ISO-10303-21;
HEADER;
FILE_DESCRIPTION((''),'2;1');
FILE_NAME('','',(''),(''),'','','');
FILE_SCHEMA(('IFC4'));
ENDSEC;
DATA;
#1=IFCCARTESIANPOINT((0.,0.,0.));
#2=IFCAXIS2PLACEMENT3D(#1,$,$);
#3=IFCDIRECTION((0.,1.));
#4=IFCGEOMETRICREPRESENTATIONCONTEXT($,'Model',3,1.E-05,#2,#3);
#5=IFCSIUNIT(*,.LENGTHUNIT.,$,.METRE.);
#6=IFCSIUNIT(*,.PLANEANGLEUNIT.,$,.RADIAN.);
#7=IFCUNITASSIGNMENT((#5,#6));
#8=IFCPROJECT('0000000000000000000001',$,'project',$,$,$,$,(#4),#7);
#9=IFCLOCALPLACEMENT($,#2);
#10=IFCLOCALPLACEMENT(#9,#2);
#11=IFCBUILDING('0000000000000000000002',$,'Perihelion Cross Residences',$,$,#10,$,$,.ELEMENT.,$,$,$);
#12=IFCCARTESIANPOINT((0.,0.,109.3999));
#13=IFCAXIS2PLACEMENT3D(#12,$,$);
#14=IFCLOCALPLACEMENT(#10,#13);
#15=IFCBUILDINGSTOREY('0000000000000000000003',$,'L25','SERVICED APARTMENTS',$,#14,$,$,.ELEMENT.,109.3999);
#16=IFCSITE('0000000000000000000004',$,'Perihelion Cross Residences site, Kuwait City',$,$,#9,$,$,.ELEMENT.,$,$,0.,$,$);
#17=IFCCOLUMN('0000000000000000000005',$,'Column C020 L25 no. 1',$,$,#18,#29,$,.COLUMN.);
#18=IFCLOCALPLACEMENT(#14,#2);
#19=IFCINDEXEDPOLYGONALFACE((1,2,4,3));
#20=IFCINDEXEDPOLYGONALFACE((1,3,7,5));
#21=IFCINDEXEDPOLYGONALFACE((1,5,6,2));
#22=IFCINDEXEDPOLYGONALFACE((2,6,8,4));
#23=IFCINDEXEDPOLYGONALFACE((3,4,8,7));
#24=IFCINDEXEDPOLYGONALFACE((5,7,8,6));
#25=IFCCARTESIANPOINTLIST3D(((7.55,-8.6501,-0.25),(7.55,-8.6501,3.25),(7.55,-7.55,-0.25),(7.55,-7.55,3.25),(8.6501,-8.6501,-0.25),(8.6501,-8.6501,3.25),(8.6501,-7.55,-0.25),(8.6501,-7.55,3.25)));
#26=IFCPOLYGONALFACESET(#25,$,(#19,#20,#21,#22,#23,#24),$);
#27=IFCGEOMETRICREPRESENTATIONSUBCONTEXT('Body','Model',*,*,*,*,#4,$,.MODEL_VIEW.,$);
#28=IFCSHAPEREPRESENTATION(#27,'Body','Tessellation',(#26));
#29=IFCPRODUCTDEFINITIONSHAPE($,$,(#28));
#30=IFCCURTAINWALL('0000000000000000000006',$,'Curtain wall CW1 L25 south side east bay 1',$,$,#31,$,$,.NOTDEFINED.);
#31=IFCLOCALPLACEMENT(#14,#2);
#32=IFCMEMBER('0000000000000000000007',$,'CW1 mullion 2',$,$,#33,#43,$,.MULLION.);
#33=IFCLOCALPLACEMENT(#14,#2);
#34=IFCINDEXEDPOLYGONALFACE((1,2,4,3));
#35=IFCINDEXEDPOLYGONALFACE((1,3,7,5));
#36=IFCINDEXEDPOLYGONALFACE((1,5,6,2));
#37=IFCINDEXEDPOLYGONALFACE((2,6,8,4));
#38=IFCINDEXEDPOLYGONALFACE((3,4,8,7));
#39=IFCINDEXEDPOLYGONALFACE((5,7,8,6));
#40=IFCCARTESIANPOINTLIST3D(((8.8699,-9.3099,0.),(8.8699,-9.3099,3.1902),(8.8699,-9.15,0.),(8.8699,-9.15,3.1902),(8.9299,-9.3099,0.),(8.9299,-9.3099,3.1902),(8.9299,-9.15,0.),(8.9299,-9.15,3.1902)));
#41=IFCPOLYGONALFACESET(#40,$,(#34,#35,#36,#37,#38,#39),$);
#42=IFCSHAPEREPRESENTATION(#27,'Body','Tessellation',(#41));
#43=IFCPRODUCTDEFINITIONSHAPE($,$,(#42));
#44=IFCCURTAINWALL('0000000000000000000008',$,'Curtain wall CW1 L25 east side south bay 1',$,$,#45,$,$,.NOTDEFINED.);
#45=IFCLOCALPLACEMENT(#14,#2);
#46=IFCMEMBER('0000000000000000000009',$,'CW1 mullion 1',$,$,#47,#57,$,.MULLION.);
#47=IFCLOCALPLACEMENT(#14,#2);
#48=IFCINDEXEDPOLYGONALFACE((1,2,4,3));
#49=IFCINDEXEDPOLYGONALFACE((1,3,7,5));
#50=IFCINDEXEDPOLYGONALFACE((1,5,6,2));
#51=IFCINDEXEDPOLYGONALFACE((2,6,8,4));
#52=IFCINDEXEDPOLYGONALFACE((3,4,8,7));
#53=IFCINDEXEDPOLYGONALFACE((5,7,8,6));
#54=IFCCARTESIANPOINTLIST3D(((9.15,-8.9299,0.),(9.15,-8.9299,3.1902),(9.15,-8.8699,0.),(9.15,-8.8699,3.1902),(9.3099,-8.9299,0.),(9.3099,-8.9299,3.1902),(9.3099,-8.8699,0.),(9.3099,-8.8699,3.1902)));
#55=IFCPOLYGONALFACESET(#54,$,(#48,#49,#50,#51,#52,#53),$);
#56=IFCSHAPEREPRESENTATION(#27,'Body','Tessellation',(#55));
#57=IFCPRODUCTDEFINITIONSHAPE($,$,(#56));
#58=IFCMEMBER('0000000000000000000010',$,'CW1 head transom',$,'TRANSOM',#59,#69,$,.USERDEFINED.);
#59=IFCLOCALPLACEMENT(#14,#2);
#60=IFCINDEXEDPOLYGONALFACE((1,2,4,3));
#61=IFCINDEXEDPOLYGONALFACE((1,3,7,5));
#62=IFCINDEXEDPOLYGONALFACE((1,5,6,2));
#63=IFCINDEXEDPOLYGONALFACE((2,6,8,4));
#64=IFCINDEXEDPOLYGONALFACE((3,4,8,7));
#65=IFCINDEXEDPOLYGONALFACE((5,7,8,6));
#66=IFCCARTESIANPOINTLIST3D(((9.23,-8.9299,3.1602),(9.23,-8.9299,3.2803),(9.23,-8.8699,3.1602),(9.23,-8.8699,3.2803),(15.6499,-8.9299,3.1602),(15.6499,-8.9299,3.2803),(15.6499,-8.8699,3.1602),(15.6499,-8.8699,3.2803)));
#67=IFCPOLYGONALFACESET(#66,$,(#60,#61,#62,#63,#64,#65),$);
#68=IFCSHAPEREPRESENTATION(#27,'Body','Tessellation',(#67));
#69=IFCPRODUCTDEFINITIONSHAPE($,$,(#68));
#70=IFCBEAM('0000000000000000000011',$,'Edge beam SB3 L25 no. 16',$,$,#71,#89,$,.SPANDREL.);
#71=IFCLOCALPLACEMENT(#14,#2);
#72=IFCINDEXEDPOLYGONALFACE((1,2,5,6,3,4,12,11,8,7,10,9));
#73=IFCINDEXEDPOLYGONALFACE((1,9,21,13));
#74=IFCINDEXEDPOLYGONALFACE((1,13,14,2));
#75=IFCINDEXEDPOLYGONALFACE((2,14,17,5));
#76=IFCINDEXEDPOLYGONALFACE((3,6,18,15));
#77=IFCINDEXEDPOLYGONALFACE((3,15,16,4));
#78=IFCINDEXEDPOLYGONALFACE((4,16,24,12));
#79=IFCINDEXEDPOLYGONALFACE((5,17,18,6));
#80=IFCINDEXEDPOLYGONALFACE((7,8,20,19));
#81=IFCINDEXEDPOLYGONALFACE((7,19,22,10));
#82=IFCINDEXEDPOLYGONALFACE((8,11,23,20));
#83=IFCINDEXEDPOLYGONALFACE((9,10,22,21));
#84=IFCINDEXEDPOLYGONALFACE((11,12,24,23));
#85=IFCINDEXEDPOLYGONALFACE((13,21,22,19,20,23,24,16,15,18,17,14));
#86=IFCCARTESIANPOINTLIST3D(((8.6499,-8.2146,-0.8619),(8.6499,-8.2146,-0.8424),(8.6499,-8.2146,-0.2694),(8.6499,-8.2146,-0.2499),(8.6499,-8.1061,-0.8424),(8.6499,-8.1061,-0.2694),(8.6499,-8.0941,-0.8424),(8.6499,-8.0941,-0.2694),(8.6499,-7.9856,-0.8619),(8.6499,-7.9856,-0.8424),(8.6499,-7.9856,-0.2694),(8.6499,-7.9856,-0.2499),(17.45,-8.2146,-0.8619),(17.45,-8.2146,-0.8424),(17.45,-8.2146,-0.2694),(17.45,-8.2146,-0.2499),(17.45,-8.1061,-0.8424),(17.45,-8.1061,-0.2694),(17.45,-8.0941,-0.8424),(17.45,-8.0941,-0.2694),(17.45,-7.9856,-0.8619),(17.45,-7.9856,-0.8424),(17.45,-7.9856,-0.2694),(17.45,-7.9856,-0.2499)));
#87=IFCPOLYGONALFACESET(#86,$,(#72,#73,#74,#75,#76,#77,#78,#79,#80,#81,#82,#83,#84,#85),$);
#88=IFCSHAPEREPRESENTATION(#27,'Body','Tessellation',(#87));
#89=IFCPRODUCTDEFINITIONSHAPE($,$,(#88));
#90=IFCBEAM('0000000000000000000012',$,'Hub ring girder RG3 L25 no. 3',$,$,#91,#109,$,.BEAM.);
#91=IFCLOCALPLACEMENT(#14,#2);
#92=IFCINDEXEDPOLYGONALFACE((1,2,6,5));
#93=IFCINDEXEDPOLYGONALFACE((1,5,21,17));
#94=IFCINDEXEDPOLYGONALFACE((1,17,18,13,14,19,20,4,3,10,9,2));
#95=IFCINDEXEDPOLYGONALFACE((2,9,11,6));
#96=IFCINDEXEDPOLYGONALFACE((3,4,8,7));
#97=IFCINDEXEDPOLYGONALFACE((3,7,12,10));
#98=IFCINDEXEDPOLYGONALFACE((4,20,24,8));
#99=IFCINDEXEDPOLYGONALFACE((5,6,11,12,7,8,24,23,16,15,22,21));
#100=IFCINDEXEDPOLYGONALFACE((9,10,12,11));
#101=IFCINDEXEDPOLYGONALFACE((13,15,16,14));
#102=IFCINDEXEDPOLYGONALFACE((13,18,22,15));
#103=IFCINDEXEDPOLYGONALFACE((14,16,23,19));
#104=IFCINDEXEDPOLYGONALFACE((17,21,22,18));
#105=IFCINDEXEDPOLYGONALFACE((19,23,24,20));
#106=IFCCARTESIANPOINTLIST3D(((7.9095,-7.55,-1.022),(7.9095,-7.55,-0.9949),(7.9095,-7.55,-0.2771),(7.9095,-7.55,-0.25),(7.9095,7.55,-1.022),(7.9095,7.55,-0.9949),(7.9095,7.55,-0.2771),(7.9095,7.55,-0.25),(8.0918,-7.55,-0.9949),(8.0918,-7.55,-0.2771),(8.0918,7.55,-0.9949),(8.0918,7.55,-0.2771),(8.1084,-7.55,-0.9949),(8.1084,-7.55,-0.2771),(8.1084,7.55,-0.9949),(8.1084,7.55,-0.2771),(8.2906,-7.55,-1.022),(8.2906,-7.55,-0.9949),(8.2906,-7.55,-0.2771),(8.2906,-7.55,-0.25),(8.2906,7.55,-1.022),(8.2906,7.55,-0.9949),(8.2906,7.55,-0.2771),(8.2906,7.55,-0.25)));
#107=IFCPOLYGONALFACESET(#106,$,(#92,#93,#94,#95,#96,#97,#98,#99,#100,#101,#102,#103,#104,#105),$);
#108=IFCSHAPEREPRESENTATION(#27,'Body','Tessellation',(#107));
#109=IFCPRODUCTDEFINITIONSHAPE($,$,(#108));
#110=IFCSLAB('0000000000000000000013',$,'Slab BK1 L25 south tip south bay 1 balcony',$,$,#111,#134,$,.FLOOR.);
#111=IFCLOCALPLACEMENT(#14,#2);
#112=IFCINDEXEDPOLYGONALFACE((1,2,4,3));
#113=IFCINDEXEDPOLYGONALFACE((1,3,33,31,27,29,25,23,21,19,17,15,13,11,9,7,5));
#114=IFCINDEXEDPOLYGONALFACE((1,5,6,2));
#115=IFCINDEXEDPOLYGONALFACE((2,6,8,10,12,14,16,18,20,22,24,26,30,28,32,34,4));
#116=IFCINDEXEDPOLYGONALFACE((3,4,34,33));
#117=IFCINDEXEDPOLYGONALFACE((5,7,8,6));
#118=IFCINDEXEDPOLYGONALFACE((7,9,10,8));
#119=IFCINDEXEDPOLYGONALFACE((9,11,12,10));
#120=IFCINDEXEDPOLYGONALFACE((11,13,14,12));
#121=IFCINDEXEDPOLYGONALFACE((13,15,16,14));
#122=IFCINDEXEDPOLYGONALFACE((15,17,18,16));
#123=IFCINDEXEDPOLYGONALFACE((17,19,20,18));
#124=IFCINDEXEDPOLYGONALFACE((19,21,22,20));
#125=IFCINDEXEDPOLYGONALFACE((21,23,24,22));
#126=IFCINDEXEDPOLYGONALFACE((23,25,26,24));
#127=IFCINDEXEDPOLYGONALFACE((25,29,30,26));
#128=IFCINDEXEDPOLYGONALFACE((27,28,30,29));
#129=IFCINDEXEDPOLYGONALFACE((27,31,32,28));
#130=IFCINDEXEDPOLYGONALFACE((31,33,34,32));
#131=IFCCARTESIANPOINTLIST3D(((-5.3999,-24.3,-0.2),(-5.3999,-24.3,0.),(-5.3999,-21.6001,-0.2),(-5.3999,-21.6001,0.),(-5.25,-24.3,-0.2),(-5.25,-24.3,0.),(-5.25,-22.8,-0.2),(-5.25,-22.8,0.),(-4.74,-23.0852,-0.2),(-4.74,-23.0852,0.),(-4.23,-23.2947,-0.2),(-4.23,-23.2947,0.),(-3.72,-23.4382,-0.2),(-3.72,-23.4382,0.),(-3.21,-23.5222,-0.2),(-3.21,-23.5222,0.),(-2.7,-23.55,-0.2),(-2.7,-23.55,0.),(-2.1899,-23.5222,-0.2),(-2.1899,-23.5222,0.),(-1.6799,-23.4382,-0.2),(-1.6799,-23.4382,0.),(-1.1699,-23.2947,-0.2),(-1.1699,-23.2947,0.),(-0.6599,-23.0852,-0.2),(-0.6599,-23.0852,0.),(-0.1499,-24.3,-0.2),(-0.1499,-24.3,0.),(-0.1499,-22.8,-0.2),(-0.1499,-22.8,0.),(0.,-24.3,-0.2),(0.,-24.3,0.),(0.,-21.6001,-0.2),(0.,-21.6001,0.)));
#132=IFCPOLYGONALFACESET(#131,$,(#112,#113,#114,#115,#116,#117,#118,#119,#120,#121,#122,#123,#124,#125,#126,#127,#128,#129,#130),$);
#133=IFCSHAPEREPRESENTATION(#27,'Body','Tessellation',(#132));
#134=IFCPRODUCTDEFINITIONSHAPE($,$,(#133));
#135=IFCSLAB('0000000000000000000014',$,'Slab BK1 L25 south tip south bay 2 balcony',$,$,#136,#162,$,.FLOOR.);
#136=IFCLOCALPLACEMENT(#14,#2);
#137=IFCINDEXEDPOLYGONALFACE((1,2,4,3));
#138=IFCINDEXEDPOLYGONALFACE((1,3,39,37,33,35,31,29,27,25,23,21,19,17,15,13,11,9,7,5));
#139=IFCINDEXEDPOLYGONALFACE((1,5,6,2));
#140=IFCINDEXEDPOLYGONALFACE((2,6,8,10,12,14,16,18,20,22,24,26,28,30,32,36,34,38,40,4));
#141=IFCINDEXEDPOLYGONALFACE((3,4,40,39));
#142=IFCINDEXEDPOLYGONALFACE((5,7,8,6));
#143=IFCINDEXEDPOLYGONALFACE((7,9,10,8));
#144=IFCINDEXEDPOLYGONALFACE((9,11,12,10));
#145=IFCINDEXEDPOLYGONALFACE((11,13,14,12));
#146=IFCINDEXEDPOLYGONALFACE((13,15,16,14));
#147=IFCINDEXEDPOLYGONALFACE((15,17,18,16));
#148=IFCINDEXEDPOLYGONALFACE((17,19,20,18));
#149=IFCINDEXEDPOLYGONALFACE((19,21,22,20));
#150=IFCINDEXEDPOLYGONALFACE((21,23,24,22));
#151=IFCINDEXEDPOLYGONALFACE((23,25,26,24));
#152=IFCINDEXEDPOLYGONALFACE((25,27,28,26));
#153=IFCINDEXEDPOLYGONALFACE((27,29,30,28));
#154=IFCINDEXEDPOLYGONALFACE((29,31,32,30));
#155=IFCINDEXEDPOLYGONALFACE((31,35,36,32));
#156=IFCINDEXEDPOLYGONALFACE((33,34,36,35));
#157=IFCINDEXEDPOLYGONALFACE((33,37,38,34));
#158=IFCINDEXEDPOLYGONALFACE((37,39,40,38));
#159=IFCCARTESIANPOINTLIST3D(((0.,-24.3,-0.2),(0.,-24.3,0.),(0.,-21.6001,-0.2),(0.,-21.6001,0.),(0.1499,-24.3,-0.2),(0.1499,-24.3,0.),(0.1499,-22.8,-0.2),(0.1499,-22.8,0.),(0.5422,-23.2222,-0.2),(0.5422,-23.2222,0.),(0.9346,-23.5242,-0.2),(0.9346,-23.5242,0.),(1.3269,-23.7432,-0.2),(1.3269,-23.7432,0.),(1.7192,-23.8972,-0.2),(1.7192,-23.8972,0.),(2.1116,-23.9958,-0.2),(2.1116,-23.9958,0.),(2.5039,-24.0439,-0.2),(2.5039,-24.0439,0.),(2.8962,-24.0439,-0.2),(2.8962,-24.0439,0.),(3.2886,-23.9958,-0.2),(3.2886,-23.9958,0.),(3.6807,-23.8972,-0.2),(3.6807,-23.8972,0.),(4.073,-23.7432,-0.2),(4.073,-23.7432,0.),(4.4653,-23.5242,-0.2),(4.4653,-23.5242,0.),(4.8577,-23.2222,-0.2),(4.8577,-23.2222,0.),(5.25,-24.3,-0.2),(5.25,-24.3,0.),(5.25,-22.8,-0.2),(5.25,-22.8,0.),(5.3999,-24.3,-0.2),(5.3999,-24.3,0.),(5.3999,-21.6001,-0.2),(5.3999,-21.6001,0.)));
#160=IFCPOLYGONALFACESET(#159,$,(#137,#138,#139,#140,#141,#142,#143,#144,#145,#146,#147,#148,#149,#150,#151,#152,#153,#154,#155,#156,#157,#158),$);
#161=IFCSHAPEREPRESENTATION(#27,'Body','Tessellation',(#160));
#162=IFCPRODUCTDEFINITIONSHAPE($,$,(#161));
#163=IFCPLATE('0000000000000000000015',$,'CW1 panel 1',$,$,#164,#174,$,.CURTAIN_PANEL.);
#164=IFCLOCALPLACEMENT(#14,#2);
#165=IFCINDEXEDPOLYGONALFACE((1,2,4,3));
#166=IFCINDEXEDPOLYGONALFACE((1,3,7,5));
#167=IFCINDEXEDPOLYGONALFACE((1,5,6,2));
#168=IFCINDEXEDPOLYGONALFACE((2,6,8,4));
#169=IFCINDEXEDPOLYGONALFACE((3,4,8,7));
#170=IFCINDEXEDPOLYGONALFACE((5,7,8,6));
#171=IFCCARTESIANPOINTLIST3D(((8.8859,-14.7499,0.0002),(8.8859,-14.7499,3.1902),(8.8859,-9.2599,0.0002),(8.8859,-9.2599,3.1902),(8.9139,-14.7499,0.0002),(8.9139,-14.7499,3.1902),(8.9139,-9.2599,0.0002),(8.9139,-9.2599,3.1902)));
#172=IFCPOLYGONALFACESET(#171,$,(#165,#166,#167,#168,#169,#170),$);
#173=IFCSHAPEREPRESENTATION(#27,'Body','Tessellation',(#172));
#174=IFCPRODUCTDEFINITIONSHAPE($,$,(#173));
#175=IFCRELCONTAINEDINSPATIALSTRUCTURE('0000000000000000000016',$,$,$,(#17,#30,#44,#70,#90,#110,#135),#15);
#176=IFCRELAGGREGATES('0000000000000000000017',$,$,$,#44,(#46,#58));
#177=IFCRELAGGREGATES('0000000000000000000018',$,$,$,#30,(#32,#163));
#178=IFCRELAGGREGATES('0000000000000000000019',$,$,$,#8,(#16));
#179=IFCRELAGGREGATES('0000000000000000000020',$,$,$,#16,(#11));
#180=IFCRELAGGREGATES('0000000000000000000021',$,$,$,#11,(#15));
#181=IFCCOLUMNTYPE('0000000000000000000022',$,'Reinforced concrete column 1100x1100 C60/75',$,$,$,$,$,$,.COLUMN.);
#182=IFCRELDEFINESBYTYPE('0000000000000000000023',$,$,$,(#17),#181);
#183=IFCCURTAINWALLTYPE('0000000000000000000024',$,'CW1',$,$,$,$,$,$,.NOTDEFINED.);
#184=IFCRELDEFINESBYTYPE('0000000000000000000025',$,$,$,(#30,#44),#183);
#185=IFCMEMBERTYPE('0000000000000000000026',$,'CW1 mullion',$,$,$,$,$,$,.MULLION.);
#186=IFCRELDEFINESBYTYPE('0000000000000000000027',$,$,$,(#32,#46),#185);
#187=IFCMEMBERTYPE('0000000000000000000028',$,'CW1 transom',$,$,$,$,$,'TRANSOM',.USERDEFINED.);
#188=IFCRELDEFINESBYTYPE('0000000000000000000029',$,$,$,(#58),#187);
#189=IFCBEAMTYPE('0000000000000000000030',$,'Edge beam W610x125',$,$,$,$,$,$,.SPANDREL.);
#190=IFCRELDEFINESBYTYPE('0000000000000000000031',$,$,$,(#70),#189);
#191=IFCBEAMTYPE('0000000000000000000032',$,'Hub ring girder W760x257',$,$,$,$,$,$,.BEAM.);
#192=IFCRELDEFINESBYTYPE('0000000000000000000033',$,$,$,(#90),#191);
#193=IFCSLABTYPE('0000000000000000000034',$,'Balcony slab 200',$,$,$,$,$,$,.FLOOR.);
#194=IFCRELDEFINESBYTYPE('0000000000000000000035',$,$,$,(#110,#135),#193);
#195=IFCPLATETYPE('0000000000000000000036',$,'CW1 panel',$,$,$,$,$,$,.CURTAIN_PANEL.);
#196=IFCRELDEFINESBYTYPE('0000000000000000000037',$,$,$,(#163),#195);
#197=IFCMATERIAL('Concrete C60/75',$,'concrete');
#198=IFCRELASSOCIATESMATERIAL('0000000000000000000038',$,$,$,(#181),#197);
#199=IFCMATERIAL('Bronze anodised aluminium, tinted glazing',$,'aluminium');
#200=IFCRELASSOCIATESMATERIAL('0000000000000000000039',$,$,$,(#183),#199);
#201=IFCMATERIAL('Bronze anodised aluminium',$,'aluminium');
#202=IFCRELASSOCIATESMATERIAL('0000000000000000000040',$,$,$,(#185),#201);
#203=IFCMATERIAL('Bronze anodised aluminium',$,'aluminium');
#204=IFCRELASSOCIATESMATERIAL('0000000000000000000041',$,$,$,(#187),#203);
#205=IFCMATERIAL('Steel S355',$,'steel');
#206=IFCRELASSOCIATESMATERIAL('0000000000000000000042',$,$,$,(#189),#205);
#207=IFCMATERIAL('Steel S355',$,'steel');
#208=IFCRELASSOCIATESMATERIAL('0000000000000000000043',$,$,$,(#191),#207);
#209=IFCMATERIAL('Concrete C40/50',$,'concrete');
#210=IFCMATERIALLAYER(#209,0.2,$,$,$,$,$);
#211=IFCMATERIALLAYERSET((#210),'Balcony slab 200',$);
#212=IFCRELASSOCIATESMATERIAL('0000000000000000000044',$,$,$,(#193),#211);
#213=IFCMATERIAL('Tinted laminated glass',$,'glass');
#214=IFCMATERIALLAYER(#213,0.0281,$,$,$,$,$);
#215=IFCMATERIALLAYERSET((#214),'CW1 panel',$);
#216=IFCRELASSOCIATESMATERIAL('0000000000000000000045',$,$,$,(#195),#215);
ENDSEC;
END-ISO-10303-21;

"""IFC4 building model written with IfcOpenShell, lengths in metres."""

from ifc_helpers import new_model, si_unit, direction, frame, origin, origin_2d, place, context, subcontext, project, spatial, polyline, rectangle, i_section, outline, extrude, material, layer, layer_set, material_profile, profile_set, type_object, element, aggregate, save


model = new_model("IFC4")

# Units and contexts
model_context = context("Model", 3, precision=1e-05, world=origin(), true_north=direction((0.0, 1.0)))
body_context = subcontext(model_context, "Body", "Model", "MODEL_VIEW")
ifc_project = project(units=[si_unit("LENGTHUNIT", "METRE"), si_unit("PLANEANGLEUNIT", "RADIAN")], contexts=[model_context])

# Site, building, storey
site_placement = place(None, origin())
site = spatial("IfcSite", under=ifc_project, at=site_placement, Name="Perihelion Cross Residences site, Kuwait City", CompositionType="ELEMENT", RefElevation=0.0)
building_placement = place(site_placement, origin())
building = spatial("IfcBuilding", under=site, at=building_placement, Name="Perihelion Cross Residences", CompositionType="ELEMENT")
storey_placement = place(building_placement, frame((0.0, 0.0, 109.3999)))
storey = spatial("IfcBuildingStorey", under=building, at=storey_placement, Name="L25", Description="SERVICED APARTMENTS", CompositionType="ELEMENT", Elevation=109.3999)

# Column
ifc_material_1 = material(Name="Concrete C60/75", Category="concrete")
ifc_material_profile_1 = material_profile(ifc_material_1, rectangle(XDim=1.1001, YDim=1.1001, at=origin_2d()), Name="RC 1100x1100")
ifc_profile_set_1 = profile_set([ifc_material_profile_1], Name="Concrete C60/75")
column_type = type_object("IfcColumnType", Name="Reinforced concrete column 1100x1100 C60/75", PredefinedType="COLUMN", material=ifc_profile_set_1)
column_placement = place(storey_placement, frame((8.1001, -8.1001, -0.25), z_axis=(0.0, 0.0, 1.0), x_axis=(1.0, 0.0, 0.0)))
element("IfcColumn", 1, at=column_placement, inside=storey, type_object=column_type, Name="Column C020 L25 no. 1", PredefinedType="COLUMN", context=body_context, shape_type="SweptSolid", body=[
    extrude(rectangle(XDim=1.1001, YDim=1.1001, at=origin_2d()), origin(), (0.0, 0.0, 1.0), 3.5),
])

# Curtain wall, member
ifc_material_2 = material(Name="Bronze anodised aluminium, tinted glazing", Category="aluminium")
curtain_wall_type = type_object("IfcCurtainWallType", Name="CW1", PredefinedType="NOTDEFINED", material=ifc_material_2)
curtain_wall_1_placement = place(storey_placement, origin())
curtain_wall_1 = element("IfcCurtainWall", 2, at=curtain_wall_1_placement, inside=storey, type_object=curtain_wall_type, Name="Curtain wall CW1 L25 south side east bay 1", PredefinedType="NOTDEFINED")
ifc_material_3 = material(Name="Bronze anodised aluminium", Category="aluminium")
ifc_material_profile_2 = material_profile(ifc_material_3, rectangle(XDim=0.0601, YDim=0.1599, at=origin_2d()), Name="CW1 mullion")
ifc_profile_set_2 = profile_set([ifc_material_profile_2], Name="Bronze anodised aluminium")
member_type_1 = type_object("IfcMemberType", Name="CW1 mullion", PredefinedType="MULLION", material=ifc_profile_set_2)
member_1_placement = place(storey_placement, frame((8.8999, -9.23, 0.0), z_axis=(0.0, 0.0, 1.0), x_axis=(-1.0, 0.0, 0.0)))
member_1 = element("IfcMember", 3, at=member_1_placement, type_object=member_type_1, Name="CW1 mullion 2", PredefinedType="MULLION", context=body_context, shape_type="SweptSolid", body=[
    extrude(rectangle(XDim=0.0601, YDim=0.1599, at=origin_2d()), origin(), (0.0, 0.0, 1.0), 3.1902),
])

# Curtain wall, members
curtain_wall_2_placement = place(storey_placement, origin())
curtain_wall_2 = element("IfcCurtainWall", 4, at=curtain_wall_2_placement, inside=storey, type_object=curtain_wall_type, Name="Curtain wall CW1 L25 east side south bay 1", PredefinedType="NOTDEFINED")
member_2_placement = place(storey_placement, frame((9.23, -8.8999, 0.0), z_axis=(0.0, 0.0, 1.0), x_axis=(0.0, 1.0, 0.0)))
member_2 = element("IfcMember", 5, at=member_2_placement, type_object=member_type_1, Name="CW1 mullion 1", PredefinedType="MULLION", context=body_context, shape_type="SweptSolid", body=[
    extrude(rectangle(XDim=0.0601, YDim=0.1599, at=origin_2d()), origin(), (0.0, 0.0, 1.0), 3.1902),
])
ifc_material_4 = material(Name="Bronze anodised aluminium", Category="aluminium")
ifc_material_profile_3 = material_profile(ifc_material_4, rectangle(XDim=0.0601, YDim=0.1201, at=origin_2d()), Name="CW1 transom")
ifc_profile_set_3 = profile_set([ifc_material_profile_3], Name="Bronze anodised aluminium")
member_type_2 = type_object("IfcMemberType", Name="CW1 transom", ElementType="TRANSOM", PredefinedType="USERDEFINED", material=ifc_profile_set_3)
member_3_placement = place(storey_placement, frame((9.23, -8.8999, 3.2202), z_axis=(1.0, 0.0, 0.0), x_axis=(0.0, 1.0, 0.0)))
member_3 = element("IfcMember", 6, at=member_3_placement, type_object=member_type_2, Name="CW1 head transom", ObjectType="TRANSOM", PredefinedType="USERDEFINED", context=body_context, shape_type="SweptSolid", body=[
    extrude(rectangle(XDim=0.0601, YDim=0.1201, at=origin_2d()), origin(), (0.0, 0.0, 1.0), 6.4199),
])
aggregate(curtain_wall_2, [member_2, member_3])

# Beams
ifc_material_5 = material(Name="Steel S355", Category="steel")
ifc_material_profile_4 = material_profile(ifc_material_5, i_section(OverallWidth=0.229, OverallDepth=0.6121, WebThickness=0.012, FlangeThickness=0.0195, at=origin_2d()), Name="W610x125")
ifc_profile_set_4 = profile_set([ifc_material_profile_4], Name="Steel S355")
beam_type_1 = type_object("IfcBeamType", Name="Edge beam W610x125", PredefinedType="SPANDREL", material=ifc_profile_set_4)
beam_1_placement = place(storey_placement, frame((8.6499, -8.1001, -0.5559), z_axis=(1.0, 0.0, 0.0), x_axis=(0.0, 1.0, 0.0)))
element("IfcBeam", 7, at=beam_1_placement, inside=storey, type_object=beam_type_1, Name="Edge beam SB3 L25 no. 16", PredefinedType="SPANDREL", context=body_context, shape_type="SweptSolid", body=[
    extrude(i_section(OverallWidth=0.229, OverallDepth=0.6121, WebThickness=0.012, FlangeThickness=0.0195, at=origin_2d()), origin(), (0.0, 0.0, 1.0), 8.8),
])
ifc_material_6 = material(Name="Steel S355", Category="steel")
ifc_material_profile_5 = material_profile(ifc_material_6, i_section(OverallWidth=0.3811, OverallDepth=0.772, WebThickness=0.0166, FlangeThickness=0.0271, at=origin_2d()), Name="W760x257")
ifc_profile_set_5 = profile_set([ifc_material_profile_5], Name="Steel S355")
beam_type_2 = type_object("IfcBeamType", Name="Hub ring girder W760x257", PredefinedType="BEAM", material=ifc_profile_set_5)
beam_2_placement = place(storey_placement, frame((8.1001, -7.55, -0.636), z_axis=(0.0, 1.0, 0.0), x_axis=(-1.0, 0.0, 0.0)))
element("IfcBeam", 8, at=beam_2_placement, inside=storey, type_object=beam_type_2, Name="Hub ring girder RG3 L25 no. 3", PredefinedType="BEAM", context=body_context, shape_type="SweptSolid", body=[
    extrude(i_section(OverallWidth=0.3811, OverallDepth=0.772, WebThickness=0.0166, FlangeThickness=0.0271, at=origin_2d()), origin(), (0.0, 0.0, 1.0), 15.1001),
])

# Slabs
ifc_material_7 = material(Name="Concrete C40/50", Category="concrete")
ifc_layer_1 = layer(ifc_material_7, 0.2)
ifc_layer_set_1 = layer_set([ifc_layer_1], Name="Balcony slab 200")
slab_type_1 = type_object("IfcSlabType", Name="Balcony slab 200", PredefinedType="FLOOR", material=ifc_layer_set_1)
slab_1_placement = place(storey_placement, frame((0.0, 0.0, -0.2)))
element("IfcSlab", 9, at=slab_1_placement, inside=storey, type_object=slab_type_1, Name="Slab BK1 L25 south tip south bay 1 balcony", PredefinedType="FLOOR", context=body_context, shape_type="SweptSolid", body=[
    extrude(outline(polyline([(-5.3999, -21.6001), (0.0, -21.6001), (0.0, -24.3), (-0.1499, -24.3), (-0.1499, -22.8), (-0.6599, -23.0852), (-1.1699, -23.2947), (-1.6799, -23.4382), (-2.1899, -23.5222), (-2.7, -23.55), (-3.21, -23.5222), (-3.72, -23.4382), (-4.23, -23.2947), (-4.74, -23.0852), (-5.25, -22.8), (-5.25, -24.3), (-5.3999, -24.3), (-5.3999, -21.6001)])), origin(), (0.0, 0.0, 1.0), 0.2),
])
slab_2_placement = place(storey_placement, frame((0.0, 0.0, -0.2)))
element("IfcSlab", 10, at=slab_2_placement, inside=storey, type_object=slab_type_1, Name="Slab BK1 L25 south tip south bay 2 balcony", PredefinedType="FLOOR", context=body_context, shape_type="SweptSolid", body=[
    extrude(outline(polyline([(0.0, -21.6001), (5.3999, -21.6001), (5.3999, -24.3), (5.25, -24.3), (5.25, -22.8), (4.8577, -23.2222), (4.4653, -23.5242), (4.073, -23.7432), (3.6807, -23.8972), (3.2886, -23.9958), (2.8962, -24.0439), (2.5039, -24.0439), (2.1116, -23.9958), (1.7192, -23.8972), (1.3269, -23.7432), (0.9346, -23.5242), (0.5422, -23.2222), (0.1499, -22.8), (0.1499, -24.3), (0.0, -24.3), (0.0, -21.6001)])), origin(), (0.0, 0.0, 1.0), 0.2),
])

# Plate
ifc_material_8 = material(Name="Tinted laminated glass", Category="glass")
ifc_layer_2 = layer(ifc_material_8, 0.0281)
ifc_layer_set_2 = layer_set([ifc_layer_2], Name="CW1 panel")
plate_type = type_object("IfcPlateType", Name="CW1 panel", PredefinedType="CURTAIN_PANEL", material=ifc_layer_set_2)
plate_placement = place(storey_placement, frame((8.8999, -12.0049, 0.0002), z_axis=(0.0, 0.0, 1.0), x_axis=(0.0, 1.0, 0.0)))
plate = element("IfcPlate", 11, at=plate_placement, type_object=plate_type, Name="CW1 panel 1", PredefinedType="CURTAIN_PANEL", context=body_context, shape_type="SweptSolid", body=[
    extrude(rectangle(XDim=5.49, YDim=0.0281, at=origin_2d()), origin(), (0.0, 0.0, 1.0), 3.1899),
])
aggregate(curtain_wall_1, [member_1, plate])

save(model, "model.ifc")
